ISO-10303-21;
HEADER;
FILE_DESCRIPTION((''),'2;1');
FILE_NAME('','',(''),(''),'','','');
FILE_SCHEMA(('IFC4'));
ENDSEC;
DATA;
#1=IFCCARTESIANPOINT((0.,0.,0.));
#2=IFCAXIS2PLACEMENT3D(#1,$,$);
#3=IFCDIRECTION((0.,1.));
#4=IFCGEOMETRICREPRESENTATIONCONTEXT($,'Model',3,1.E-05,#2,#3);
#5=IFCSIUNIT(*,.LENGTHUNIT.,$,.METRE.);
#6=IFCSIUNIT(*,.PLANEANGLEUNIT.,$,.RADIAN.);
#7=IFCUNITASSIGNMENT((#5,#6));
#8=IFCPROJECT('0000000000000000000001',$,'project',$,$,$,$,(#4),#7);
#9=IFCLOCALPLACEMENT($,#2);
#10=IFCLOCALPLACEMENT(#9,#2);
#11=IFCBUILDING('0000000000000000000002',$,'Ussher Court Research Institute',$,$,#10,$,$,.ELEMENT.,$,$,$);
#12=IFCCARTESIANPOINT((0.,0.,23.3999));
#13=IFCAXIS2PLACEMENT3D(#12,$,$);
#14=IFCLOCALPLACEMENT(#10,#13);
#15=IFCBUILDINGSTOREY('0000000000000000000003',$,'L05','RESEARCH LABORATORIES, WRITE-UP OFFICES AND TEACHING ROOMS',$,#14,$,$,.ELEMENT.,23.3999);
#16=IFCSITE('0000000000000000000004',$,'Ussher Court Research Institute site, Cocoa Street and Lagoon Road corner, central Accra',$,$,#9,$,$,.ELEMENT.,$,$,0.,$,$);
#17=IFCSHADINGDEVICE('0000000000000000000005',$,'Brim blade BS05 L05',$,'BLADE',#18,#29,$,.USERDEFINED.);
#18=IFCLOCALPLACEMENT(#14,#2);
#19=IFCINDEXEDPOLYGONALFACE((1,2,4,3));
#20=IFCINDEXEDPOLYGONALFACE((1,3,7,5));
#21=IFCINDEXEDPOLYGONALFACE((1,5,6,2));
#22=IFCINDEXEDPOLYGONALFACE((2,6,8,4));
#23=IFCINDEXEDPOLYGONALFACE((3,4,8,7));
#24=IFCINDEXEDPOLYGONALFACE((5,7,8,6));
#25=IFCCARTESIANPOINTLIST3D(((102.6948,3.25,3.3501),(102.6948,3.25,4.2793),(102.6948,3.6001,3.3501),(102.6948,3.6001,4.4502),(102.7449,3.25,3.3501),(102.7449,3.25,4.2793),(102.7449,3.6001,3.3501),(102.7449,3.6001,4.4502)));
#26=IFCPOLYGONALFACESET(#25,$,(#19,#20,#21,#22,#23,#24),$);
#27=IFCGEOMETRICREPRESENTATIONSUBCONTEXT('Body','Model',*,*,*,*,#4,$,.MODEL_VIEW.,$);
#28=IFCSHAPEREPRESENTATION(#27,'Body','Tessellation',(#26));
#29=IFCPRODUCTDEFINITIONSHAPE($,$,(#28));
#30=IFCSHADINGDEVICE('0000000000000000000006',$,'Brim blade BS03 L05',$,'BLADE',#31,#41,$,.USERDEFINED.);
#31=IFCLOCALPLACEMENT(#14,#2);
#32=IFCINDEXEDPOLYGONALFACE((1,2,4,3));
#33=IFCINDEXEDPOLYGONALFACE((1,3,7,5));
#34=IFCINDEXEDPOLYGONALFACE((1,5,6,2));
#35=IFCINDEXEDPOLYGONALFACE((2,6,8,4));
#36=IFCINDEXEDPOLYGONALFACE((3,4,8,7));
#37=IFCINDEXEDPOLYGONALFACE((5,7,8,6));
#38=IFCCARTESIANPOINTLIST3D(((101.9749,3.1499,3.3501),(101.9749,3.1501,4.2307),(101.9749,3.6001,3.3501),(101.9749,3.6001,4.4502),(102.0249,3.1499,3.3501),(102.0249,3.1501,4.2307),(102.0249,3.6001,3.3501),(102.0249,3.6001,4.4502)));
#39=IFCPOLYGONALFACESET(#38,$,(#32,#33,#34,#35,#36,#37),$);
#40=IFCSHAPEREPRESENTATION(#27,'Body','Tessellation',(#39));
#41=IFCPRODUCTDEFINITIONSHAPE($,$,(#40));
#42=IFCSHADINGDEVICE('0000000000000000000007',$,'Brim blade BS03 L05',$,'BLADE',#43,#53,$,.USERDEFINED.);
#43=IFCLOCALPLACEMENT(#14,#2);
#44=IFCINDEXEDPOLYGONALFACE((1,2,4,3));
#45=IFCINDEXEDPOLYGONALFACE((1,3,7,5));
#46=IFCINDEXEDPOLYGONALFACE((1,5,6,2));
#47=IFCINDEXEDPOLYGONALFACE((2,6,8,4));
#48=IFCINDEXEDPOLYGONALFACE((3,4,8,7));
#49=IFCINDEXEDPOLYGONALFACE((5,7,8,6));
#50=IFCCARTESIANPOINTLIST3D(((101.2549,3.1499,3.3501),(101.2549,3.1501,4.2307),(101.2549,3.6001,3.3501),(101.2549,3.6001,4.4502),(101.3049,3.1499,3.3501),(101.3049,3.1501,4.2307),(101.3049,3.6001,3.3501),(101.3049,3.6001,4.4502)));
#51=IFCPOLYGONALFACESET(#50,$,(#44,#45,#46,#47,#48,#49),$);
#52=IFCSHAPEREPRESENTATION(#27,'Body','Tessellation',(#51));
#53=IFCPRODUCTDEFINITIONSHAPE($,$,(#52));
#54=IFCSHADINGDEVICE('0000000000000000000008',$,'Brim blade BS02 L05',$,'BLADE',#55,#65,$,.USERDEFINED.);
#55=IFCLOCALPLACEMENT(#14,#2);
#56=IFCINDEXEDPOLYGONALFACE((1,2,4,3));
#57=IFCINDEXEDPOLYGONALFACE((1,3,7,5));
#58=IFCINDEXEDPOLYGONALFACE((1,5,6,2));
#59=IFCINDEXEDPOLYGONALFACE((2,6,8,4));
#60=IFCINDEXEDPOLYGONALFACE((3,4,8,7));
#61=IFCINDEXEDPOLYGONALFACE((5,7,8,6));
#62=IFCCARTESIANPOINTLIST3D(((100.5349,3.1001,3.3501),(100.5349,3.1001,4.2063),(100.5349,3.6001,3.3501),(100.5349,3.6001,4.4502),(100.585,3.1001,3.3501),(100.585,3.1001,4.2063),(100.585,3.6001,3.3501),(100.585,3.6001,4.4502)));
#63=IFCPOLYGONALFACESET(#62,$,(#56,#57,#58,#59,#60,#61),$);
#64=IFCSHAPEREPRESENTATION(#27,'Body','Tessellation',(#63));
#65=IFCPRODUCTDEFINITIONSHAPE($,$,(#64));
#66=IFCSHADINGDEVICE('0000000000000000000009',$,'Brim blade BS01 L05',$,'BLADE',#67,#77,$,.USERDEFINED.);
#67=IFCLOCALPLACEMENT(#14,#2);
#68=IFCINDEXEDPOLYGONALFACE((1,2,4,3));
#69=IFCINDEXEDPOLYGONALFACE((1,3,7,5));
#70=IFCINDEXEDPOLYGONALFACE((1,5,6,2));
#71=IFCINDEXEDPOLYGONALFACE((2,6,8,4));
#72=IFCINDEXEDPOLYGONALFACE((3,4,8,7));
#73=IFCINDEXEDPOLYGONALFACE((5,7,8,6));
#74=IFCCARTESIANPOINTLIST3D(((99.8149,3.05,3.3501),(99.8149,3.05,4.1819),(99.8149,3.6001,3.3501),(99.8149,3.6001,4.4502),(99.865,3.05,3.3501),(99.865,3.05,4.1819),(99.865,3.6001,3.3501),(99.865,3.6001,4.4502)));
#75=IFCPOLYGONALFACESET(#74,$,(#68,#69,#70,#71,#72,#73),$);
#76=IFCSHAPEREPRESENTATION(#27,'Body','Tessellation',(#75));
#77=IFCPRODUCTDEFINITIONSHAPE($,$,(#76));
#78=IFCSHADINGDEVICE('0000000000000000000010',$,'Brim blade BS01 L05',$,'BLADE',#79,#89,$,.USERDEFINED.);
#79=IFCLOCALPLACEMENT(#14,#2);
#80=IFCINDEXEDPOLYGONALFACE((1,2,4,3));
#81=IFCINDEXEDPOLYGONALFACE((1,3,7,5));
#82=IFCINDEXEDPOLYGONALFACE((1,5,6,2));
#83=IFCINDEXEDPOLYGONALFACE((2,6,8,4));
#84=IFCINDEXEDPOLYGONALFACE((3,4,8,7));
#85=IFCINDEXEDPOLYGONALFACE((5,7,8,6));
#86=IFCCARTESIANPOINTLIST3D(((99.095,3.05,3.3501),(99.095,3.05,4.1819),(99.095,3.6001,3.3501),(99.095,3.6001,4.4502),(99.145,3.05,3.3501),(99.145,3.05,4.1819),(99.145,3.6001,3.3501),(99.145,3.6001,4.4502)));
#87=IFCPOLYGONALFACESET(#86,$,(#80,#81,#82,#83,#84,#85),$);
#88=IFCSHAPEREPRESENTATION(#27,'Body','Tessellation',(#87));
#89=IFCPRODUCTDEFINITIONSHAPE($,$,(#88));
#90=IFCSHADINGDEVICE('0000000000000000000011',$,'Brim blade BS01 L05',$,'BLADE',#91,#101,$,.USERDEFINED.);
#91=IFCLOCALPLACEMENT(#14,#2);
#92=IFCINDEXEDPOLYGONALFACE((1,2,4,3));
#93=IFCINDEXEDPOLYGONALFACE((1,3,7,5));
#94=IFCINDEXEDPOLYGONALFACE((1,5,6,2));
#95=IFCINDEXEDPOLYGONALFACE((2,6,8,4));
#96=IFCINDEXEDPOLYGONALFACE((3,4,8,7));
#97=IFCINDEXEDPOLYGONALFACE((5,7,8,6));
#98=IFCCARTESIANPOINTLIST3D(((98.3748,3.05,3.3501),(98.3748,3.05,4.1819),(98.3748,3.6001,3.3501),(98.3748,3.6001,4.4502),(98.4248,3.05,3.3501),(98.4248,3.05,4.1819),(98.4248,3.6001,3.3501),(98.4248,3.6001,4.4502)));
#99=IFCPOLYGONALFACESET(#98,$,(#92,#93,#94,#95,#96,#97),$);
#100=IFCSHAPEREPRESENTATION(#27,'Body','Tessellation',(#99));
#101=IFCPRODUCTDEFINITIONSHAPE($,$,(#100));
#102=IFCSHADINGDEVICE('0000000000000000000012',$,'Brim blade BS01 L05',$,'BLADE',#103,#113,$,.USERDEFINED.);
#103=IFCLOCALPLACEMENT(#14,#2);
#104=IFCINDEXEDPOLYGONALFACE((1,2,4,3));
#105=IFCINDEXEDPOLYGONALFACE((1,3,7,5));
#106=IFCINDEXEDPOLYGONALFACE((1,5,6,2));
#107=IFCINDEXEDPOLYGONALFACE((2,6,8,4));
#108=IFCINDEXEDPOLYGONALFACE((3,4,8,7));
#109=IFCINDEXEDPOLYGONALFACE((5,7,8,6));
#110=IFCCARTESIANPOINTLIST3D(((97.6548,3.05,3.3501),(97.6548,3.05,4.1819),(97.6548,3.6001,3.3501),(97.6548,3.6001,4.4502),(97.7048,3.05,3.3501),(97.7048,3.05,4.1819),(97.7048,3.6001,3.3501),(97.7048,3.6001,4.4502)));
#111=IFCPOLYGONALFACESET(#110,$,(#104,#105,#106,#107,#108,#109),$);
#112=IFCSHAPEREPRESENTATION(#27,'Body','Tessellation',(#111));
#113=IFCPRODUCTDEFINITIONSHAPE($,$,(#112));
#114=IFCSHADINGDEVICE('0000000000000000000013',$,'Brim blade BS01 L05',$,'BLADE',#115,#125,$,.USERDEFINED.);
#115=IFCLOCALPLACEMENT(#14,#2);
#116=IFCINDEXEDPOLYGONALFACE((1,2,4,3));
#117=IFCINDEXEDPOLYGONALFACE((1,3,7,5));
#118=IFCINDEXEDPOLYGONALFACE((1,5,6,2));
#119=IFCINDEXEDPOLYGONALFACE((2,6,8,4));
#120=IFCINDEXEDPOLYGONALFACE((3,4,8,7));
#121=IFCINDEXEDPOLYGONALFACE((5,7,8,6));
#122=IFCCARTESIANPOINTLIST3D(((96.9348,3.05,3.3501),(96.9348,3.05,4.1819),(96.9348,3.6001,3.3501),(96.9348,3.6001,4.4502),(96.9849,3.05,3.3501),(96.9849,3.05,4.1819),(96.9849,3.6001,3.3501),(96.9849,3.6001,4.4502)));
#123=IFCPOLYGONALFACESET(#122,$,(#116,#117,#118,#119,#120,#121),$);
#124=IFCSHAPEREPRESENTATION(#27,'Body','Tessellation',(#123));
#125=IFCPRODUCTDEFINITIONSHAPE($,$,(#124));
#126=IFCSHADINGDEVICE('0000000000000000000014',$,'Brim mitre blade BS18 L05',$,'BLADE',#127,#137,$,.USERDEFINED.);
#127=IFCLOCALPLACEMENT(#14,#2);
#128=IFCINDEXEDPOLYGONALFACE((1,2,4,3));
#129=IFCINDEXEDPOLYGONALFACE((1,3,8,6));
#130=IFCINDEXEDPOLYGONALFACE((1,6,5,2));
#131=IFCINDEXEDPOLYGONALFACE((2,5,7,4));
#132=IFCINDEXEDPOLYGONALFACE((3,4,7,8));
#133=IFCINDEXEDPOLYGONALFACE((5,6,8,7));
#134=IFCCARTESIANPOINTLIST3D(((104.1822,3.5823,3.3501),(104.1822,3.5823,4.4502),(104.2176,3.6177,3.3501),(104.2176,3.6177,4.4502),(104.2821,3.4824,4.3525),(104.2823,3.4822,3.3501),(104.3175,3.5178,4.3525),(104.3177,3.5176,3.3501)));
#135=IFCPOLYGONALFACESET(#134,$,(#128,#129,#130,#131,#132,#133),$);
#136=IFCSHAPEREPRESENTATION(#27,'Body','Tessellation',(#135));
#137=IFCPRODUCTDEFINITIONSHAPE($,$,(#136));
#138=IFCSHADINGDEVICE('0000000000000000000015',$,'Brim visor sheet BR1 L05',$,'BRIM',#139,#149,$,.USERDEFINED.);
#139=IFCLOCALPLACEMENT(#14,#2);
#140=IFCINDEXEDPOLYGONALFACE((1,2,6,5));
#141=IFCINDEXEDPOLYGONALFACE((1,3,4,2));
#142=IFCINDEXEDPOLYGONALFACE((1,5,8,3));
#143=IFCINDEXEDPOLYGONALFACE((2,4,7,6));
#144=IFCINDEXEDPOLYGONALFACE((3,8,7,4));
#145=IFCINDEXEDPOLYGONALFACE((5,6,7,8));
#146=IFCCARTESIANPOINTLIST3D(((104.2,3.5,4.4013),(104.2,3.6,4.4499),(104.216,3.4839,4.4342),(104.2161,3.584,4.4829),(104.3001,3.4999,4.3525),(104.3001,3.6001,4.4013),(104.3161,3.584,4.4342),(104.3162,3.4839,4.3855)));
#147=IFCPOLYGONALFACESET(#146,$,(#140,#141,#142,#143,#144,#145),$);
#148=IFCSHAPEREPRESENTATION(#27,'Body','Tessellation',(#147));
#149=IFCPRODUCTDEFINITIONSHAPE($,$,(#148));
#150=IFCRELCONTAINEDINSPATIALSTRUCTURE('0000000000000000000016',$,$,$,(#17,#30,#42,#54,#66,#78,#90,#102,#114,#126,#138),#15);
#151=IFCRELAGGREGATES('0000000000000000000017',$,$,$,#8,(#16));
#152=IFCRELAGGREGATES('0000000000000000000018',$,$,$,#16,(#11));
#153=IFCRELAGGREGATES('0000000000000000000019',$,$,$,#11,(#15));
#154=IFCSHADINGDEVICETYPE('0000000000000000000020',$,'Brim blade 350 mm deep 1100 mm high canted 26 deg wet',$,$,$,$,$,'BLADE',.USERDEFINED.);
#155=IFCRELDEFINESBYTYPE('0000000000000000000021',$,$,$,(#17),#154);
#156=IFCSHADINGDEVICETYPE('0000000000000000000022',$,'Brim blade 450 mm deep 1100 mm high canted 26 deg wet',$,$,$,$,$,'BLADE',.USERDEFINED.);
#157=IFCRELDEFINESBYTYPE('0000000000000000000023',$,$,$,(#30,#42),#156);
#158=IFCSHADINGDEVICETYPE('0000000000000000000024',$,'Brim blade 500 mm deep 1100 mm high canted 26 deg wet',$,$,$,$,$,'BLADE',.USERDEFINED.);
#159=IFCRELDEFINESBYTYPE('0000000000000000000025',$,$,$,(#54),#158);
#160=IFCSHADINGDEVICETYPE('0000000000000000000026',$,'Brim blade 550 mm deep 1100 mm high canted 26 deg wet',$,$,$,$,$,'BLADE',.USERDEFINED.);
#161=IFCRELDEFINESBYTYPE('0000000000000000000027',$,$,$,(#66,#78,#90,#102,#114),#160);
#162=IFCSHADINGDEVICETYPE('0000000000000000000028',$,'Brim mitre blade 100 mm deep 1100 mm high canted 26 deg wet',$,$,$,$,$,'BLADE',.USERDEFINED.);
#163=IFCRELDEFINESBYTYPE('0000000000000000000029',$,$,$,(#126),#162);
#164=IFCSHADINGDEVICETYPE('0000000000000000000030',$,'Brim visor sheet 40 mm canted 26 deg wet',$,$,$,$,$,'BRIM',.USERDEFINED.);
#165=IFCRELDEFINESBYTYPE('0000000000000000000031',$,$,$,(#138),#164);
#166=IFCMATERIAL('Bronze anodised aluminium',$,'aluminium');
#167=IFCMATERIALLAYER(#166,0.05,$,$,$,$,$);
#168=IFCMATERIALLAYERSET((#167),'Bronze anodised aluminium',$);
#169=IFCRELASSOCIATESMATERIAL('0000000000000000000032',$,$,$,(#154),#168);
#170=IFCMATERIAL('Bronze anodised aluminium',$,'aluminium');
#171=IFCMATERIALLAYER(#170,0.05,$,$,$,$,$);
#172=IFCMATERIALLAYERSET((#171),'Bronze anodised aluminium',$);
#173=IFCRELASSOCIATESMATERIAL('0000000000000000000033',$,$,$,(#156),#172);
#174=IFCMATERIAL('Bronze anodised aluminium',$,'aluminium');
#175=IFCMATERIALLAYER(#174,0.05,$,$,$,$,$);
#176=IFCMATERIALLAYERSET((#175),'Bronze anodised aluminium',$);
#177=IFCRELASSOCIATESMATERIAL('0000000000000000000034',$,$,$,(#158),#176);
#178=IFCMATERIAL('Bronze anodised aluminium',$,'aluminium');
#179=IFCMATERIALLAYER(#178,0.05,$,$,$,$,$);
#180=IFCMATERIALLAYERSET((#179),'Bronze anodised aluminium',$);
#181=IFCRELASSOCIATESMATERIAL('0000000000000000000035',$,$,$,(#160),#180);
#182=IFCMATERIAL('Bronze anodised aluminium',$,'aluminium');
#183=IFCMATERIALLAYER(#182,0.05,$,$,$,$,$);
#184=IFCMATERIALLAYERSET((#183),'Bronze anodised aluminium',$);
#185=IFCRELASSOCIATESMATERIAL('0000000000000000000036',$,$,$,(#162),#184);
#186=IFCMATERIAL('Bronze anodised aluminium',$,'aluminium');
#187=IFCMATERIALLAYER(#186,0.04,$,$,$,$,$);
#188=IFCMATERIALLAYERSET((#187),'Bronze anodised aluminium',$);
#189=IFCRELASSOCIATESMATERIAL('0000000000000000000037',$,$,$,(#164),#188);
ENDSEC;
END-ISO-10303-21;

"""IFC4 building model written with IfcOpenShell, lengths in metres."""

from ifc_helpers import new_model, si_unit, direction, frame, origin, place, context, subcontext, project, spatial, polyline, outline, extrude, material, layer, layer_set, type_object, element, save


model = new_model("IFC4")

# Units and contexts
model_context = context("Model", 3, precision=1e-05, world=origin(), true_north=direction((0.0, 1.0)))
body_context = subcontext(model_context, "Body", "Model", "MODEL_VIEW")
ifc_project = project(units=[si_unit("LENGTHUNIT", "METRE"), si_unit("PLANEANGLEUNIT", "RADIAN")], contexts=[model_context])

# Site, building, storey
site_placement = place(None, origin())
site = spatial("IfcSite", under=ifc_project, at=site_placement, Name="Ussher Court Research Institute site, Cocoa Street and Lagoon Road corner, central Accra", CompositionType="ELEMENT", RefElevation=0.0)
building_placement = place(site_placement, origin())
building = spatial("IfcBuilding", under=site, at=building_placement, Name="Ussher Court Research Institute", CompositionType="ELEMENT")
storey_placement = place(building_placement, frame((0.0, 0.0, 23.3999)))
storey = spatial("IfcBuildingStorey", under=building, at=storey_placement, Name="L05", Description="RESEARCH LABORATORIES, WRITE-UP OFFICES AND TEACHING ROOMS", CompositionType="ELEMENT", Elevation=23.3999)

# Shading devices
ifc_material_1 = material(Name="Bronze anodised aluminium", Category="aluminium")
ifc_layer_1 = layer(ifc_material_1, 0.05)
ifc_layer_set_1 = layer_set([ifc_layer_1], Name="Bronze anodised aluminium")
shading_device_type_1 = type_object("IfcShadingDeviceType", Name="Brim blade 350 mm deep 1100 mm high canted 26 deg wet", ElementType="BLADE", PredefinedType="USERDEFINED", material=ifc_layer_set_1)
shading_device_1_placement = place(storey_placement, frame((102.72, 3.6001, 3.3501), z_axis=(0.0, 0.0, 1.0), x_axis=(0.0, -1.0, 0.0)))
element("IfcShadingDevice", 1, at=shading_device_1_placement, inside=storey, type_object=shading_device_type_1, Name="Brim blade BS05 L05", ObjectType="BLADE", PredefinedType="USERDEFINED", context=body_context, shape_type="SweptSolid", body=[
    extrude(outline(polyline([(0.0, 0.0), (0.3501, 0.0), (0.3501, 0.9292), (0.0, 1.1001), (0.0, 0.0)])), frame((0.0, 0.0249, 0.0), z_axis=(0.0, -1.0, 0.0), x_axis=(1.0, 0.0, 0.0)), (0.0, 0.0, 1.0), 0.05),
])
ifc_material_2 = material(Name="Bronze anodised aluminium", Category="aluminium")
ifc_layer_2 = layer(ifc_material_2, 0.05)
ifc_layer_set_2 = layer_set([ifc_layer_2], Name="Bronze anodised aluminium")
shading_device_type_2 = type_object("IfcShadingDeviceType", Name="Brim blade 450 mm deep 1100 mm high canted 26 deg wet", ElementType="BLADE", PredefinedType="USERDEFINED", material=ifc_layer_set_2)
for number, where, z_axis, x_axis, name in (
    (2, (102.0, 3.6001, 3.3501), (0.0, 0.0, 1.0), (0.0, -1.0, 0.0), "Brim blade BS03 L05"),
    (3, (101.28, 3.6001, 3.3501), (0.0, 0.0, 1.0), (0.0, -1.0, 0.0), "Brim blade BS03 L05"),
):
    element("IfcShadingDevice", number, at=place(storey_placement, frame(where, z_axis=z_axis, x_axis=x_axis)), inside=storey, type_object=shading_device_type_2, Name=name, ObjectType="BLADE", PredefinedType="USERDEFINED", context=body_context, shape_type="SweptSolid", body=[
        extrude(outline(polyline([(0.0, 0.0), (0.4502, 0.0), (0.45, 0.8806), (0.0, 1.1001), (0.0, 0.0)])), frame((0.0, 0.0249, 0.0), z_axis=(0.0, -1.0, 0.0), x_axis=(1.0, 0.0, 0.0)), (0.0, 0.0, 1.0), 0.05),
    ])
ifc_material_3 = material(Name="Bronze anodised aluminium", Category="aluminium")
ifc_layer_3 = layer(ifc_material_3, 0.05)
ifc_layer_set_3 = layer_set([ifc_layer_3], Name="Bronze anodised aluminium")
shading_device_type_3 = type_object("IfcShadingDeviceType", Name="Brim blade 500 mm deep 1100 mm high canted 26 deg wet", ElementType="BLADE", PredefinedType="USERDEFINED", material=ifc_layer_set_3)
shading_device_2_placement = place(storey_placement, frame((100.5601, 3.6001, 3.3501), z_axis=(0.0, 0.0, 1.0), x_axis=(0.0, -1.0, 0.0)))
element("IfcShadingDevice", 4, at=shading_device_2_placement, inside=storey, type_object=shading_device_type_3, Name="Brim blade BS02 L05", ObjectType="BLADE", PredefinedType="USERDEFINED", context=body_context, shape_type="SweptSolid", body=[
    extrude(outline(polyline([(0.0, 0.0), (0.5, 0.0), (0.5, 0.8562), (0.0, 1.1001), (0.0, 0.0)])), frame((0.0, 0.0249, 0.0), z_axis=(0.0, -1.0, 0.0), x_axis=(1.0, 0.0, 0.0)), (0.0, 0.0, 1.0), 0.05),
])
ifc_material_4 = material(Name="Bronze anodised aluminium", Category="aluminium")
ifc_layer_4 = layer(ifc_material_4, 0.05)
ifc_layer_set_4 = layer_set([ifc_layer_4], Name="Bronze anodised aluminium")
shading_device_type_4 = type_object("IfcShadingDeviceType", Name="Brim blade 550 mm deep 1100 mm high canted 26 deg wet", ElementType="BLADE", PredefinedType="USERDEFINED", material=ifc_layer_set_4)
for number, where, z_axis, x_axis, name in (
    (5, (99.8401, 3.6001, 3.3501), (0.0, 0.0, 1.0), (0.0, -1.0, 0.0), "Brim blade BS01 L05"),
    (6, (99.1201, 3.6001, 3.3501), (0.0, 0.0, 1.0), (0.0, -1.0, 0.0), "Brim blade BS01 L05"),
    (7, (98.3999, 3.6001, 3.3501), (0.0, 0.0, 1.0), (0.0, -1.0, 0.0), "Brim blade BS01 L05"),
    (8, (97.6799, 3.6001, 3.3501), (0.0, 0.0, 1.0), (0.0, -1.0, 0.0), "Brim blade BS01 L05"),
    (9, (96.96, 3.6001, 3.3501), (0.0, 0.0, 1.0), (0.0, -1.0, 0.0), "Brim blade BS01 L05"),
):
    element("IfcShadingDevice", number, at=place(storey_placement, frame(where, z_axis=z_axis, x_axis=x_axis)), inside=storey, type_object=shading_device_type_4, Name=name, ObjectType="BLADE", PredefinedType="USERDEFINED", context=body_context, shape_type="SweptSolid", body=[
        extrude(outline(polyline([(0.0, 0.0), (0.55, 0.0), (0.55, 0.8318), (0.0, 1.1001), (0.0, 0.0)])), frame((0.0, 0.0249, 0.0), z_axis=(0.0, -1.0, 0.0), x_axis=(1.0, 0.0, 0.0)), (0.0, 0.0, 1.0), 0.05),
    ])
ifc_material_5 = material(Name="Bronze anodised aluminium", Category="aluminium")
ifc_layer_5 = layer(ifc_material_5, 0.05)
ifc_layer_set_5 = layer_set([ifc_layer_5], Name="Bronze anodised aluminium")
shading_device_type_5 = type_object("IfcShadingDeviceType", Name="Brim mitre blade 100 mm deep 1100 mm high canted 26 deg wet", ElementType="BLADE", PredefinedType="USERDEFINED", material=ifc_layer_set_5)
shading_device_3_placement = place(storey_placement, frame((104.2, 3.6001, 3.3501), z_axis=(0.0, 0.0, 1.0), x_axis=(0.707107, -0.707107, 0.0)))
element("IfcShadingDevice", 10, at=shading_device_3_placement, inside=storey, type_object=shading_device_type_5, Name="Brim mitre blade BS18 L05", ObjectType="BLADE", PredefinedType="USERDEFINED", context=body_context, shape_type="SweptSolid", body=[
    extrude(outline(polyline([(0.0, 0.0), (0.1416, 0.0), (0.1414, 1.0024), (0.0, 1.1001), (0.0, 0.0)])), frame((0.0, 0.0249, 0.0), z_axis=(0.0, -1.0, 0.0), x_axis=(1.0, 0.0, 0.0)), (0.0, 0.0, 1.0), 0.05),
])
ifc_material_6 = material(Name="Bronze anodised aluminium", Category="aluminium")
ifc_layer_6 = layer(ifc_material_6, 0.04)
ifc_layer_set_6 = layer_set([ifc_layer_6], Name="Bronze anodised aluminium")
shading_device_type_6 = type_object("IfcShadingDeviceType", Name="Brim visor sheet 40 mm canted 26 deg wet", ElementType="BRIM", PredefinedType="USERDEFINED", material=ifc_layer_set_6)
shading_device_4_placement = place(storey_placement, frame((104.2161, 3.584, 4.4829), z_axis=(0.400848, -0.400848, 0.823797), x_axis=(-0.000362, -0.899269, -0.437395)))
element("IfcShadingDevice", 11, at=shading_device_4_placement, inside=storey, type_object=shading_device_type_6, Name="Brim visor sheet BR1 L05", ObjectType="BRIM", PredefinedType="USERDEFINED", context=body_context, shape_type="SweptSolid", body=[
    extrude(outline(polyline([(0.0, 0.0), (0.1113, 0.0), (0.1326, 0.1093), (0.0212, 0.1092), (0.0, 0.0)])), origin(), (0.0, 0.0, -1.0), 0.04),
])

save(model, "model.ifc")
